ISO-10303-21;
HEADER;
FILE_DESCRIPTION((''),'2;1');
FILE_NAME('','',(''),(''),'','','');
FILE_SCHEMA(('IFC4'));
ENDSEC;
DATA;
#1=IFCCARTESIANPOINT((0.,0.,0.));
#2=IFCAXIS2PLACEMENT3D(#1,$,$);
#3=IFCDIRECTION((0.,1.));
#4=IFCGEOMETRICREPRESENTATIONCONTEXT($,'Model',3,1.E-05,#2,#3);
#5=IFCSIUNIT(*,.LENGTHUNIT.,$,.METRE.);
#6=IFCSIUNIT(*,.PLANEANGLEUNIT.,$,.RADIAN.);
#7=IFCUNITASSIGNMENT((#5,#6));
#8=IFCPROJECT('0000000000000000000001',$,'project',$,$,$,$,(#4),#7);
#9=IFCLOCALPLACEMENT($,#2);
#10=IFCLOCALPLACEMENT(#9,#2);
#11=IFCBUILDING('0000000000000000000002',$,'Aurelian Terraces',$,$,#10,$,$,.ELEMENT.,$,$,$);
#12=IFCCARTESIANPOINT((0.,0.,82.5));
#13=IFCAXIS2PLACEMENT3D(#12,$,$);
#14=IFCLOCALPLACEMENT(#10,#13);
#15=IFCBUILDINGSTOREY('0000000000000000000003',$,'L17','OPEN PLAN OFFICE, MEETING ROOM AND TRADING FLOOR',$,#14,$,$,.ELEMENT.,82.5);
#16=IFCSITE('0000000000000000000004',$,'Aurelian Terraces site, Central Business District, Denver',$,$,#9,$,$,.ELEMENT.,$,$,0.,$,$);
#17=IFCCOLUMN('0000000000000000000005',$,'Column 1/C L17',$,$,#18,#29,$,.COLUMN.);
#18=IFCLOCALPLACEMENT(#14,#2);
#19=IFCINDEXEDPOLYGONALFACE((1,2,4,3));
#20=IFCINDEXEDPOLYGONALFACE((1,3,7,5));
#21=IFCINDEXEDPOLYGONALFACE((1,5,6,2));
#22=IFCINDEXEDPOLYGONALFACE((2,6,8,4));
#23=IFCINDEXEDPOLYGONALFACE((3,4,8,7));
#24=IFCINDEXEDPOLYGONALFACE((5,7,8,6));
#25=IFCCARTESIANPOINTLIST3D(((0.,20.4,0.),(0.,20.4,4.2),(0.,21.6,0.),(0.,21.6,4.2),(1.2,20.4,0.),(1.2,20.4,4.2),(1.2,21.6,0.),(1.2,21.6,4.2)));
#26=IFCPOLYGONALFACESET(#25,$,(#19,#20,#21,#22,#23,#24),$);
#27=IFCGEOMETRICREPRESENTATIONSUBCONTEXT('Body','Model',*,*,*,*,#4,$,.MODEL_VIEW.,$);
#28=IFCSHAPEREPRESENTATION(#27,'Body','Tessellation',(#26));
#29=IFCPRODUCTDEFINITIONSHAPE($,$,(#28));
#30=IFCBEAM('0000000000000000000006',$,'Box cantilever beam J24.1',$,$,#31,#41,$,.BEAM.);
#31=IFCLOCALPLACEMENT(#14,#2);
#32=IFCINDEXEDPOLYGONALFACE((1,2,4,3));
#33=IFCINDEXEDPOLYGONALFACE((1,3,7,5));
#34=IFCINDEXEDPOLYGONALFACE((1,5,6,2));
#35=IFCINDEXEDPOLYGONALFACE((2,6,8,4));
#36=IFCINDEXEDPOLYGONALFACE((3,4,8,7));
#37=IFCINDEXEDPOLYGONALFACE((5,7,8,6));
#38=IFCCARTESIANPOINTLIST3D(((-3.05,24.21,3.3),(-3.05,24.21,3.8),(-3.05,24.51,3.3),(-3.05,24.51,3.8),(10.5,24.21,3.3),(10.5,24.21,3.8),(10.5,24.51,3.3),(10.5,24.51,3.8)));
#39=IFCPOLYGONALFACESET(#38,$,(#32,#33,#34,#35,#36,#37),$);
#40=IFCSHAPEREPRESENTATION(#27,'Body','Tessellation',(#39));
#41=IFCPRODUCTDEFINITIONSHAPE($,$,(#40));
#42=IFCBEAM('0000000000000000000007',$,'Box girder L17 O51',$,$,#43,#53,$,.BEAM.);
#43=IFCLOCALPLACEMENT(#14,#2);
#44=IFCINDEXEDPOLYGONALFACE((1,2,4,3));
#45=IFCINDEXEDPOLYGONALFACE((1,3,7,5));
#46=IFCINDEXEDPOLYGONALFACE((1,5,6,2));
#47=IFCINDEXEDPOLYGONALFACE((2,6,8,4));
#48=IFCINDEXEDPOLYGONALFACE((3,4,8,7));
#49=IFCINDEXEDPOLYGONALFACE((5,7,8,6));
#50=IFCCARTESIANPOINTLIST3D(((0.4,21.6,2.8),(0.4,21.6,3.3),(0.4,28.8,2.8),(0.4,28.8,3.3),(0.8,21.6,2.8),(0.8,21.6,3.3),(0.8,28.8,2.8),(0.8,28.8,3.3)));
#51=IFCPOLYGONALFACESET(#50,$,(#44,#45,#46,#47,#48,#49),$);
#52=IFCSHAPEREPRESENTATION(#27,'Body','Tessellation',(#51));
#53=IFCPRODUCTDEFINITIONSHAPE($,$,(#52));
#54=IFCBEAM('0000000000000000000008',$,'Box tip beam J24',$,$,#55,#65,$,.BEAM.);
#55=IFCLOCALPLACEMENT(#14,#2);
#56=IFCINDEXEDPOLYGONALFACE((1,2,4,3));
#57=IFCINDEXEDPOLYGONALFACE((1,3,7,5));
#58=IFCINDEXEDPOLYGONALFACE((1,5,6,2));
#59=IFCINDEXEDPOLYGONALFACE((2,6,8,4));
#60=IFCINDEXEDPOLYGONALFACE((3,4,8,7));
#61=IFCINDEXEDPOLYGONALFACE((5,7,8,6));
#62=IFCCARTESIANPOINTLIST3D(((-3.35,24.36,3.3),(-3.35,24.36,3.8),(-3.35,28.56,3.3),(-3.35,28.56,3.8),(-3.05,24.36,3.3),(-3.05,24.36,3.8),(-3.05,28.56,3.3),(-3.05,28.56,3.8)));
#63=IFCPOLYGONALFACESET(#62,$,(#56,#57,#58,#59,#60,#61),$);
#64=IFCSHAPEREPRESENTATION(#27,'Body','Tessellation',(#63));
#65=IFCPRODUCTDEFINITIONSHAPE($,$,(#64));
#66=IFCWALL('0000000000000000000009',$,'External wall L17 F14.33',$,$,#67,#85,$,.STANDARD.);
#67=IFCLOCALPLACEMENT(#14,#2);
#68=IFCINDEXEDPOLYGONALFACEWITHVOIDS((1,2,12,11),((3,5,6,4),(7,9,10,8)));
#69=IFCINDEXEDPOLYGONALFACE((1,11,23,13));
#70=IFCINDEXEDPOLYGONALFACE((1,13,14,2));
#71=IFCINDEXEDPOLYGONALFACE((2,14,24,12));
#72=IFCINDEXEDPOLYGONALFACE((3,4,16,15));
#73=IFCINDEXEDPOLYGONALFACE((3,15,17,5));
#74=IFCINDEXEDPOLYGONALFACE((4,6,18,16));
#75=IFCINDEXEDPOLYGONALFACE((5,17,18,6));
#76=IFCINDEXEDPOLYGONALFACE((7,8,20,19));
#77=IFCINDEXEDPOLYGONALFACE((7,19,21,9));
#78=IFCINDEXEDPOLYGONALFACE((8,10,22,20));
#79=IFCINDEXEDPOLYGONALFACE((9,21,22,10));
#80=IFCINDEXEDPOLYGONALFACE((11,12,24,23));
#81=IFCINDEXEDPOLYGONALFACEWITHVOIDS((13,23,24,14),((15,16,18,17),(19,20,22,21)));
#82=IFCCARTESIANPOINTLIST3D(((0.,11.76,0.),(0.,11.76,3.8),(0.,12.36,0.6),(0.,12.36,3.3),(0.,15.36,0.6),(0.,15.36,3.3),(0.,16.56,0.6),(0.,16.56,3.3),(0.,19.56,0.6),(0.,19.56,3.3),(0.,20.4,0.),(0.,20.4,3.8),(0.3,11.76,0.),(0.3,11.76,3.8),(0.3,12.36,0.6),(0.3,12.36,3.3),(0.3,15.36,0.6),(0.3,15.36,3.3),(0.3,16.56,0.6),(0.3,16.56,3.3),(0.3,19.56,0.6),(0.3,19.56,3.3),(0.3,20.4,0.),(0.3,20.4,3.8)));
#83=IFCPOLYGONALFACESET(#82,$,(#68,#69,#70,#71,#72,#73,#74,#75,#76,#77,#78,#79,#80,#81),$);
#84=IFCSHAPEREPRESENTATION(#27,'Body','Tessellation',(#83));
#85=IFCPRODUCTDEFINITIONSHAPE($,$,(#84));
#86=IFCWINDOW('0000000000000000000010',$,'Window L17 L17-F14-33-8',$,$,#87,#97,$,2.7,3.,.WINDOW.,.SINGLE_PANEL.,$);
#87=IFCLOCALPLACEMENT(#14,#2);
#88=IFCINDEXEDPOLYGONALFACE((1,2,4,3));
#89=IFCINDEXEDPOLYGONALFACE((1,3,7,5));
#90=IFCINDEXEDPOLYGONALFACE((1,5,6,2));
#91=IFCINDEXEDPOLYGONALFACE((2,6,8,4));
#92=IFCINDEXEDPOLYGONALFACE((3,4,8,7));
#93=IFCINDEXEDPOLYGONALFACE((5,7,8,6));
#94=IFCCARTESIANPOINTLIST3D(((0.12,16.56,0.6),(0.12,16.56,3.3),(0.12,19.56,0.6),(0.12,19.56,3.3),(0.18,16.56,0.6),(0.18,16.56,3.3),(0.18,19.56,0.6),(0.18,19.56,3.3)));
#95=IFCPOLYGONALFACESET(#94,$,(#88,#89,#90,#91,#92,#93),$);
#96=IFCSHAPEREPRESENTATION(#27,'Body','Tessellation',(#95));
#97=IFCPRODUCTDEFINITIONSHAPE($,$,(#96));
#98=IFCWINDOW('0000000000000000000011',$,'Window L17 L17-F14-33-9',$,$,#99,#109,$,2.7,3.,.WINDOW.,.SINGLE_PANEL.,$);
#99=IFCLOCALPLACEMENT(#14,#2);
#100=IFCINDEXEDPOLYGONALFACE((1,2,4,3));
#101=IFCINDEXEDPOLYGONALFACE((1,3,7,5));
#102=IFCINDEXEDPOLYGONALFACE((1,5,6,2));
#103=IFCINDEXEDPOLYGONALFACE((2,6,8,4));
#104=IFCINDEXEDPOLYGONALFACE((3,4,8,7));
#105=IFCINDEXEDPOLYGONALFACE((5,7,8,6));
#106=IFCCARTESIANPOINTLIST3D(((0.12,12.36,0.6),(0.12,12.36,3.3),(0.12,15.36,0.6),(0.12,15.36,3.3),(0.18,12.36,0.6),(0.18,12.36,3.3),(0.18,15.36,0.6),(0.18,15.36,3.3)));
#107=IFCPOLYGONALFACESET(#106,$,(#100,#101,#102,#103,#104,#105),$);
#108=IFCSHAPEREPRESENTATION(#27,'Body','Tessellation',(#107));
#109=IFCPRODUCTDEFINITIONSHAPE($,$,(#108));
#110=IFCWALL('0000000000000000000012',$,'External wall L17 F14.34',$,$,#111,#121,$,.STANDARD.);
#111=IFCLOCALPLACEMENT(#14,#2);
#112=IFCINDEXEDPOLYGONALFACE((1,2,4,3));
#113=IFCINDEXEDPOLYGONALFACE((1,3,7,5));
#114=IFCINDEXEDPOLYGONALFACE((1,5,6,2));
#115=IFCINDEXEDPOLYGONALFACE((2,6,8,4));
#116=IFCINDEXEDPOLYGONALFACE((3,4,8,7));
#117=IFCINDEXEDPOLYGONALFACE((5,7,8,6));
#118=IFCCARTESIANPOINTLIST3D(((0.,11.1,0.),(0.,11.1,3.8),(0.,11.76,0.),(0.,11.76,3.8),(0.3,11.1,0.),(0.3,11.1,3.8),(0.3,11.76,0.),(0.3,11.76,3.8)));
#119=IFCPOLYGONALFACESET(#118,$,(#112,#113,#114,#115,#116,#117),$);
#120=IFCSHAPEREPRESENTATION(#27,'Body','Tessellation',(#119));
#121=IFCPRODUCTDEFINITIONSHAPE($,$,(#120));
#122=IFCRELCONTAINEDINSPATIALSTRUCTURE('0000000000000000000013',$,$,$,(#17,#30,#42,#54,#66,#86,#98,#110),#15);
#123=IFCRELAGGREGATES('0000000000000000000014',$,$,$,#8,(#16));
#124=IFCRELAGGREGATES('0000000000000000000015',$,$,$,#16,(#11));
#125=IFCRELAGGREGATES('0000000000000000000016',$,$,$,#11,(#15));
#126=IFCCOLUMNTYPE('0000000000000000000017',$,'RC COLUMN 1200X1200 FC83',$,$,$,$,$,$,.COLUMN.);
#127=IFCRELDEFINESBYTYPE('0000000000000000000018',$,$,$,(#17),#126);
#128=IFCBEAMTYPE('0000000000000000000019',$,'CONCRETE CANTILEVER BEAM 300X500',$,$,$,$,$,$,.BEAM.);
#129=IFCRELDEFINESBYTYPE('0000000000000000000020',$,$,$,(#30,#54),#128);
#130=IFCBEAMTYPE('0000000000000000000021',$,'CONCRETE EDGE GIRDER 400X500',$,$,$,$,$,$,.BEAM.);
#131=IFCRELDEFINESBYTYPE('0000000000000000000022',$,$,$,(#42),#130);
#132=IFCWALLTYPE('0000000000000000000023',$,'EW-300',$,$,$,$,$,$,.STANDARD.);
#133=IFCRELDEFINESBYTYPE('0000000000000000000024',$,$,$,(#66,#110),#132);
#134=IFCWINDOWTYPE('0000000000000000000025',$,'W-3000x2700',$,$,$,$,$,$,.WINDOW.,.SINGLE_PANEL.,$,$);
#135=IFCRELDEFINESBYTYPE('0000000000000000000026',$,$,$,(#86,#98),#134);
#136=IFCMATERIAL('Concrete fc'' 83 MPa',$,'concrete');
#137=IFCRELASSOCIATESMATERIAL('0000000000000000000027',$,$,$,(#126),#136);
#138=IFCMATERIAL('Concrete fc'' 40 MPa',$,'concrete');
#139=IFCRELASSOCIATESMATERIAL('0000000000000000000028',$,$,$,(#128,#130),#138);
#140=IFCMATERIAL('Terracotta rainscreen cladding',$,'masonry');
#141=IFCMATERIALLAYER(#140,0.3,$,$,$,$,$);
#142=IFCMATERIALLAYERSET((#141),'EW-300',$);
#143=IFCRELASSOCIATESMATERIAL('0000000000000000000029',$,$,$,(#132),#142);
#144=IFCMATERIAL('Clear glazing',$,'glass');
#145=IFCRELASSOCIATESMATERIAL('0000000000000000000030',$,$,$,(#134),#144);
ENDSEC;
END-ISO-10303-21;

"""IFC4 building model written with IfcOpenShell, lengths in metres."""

from ifc_helpers import new_model, si_unit, direction, frame, frame_2d, origin, origin_2d, place, context, subcontext, project, spatial, rectangle, extrude, source, transform, mapped, material, layer, layer_set, material_profile, profile_set, type_object, element, fill, save


model = new_model("IFC4")

# Units and contexts
model_context = context("Model", 3, precision=1e-05, world=origin(), true_north=direction((0.0, 1.0)))
body_context = subcontext(model_context, "Body", "Model", "MODEL_VIEW")
ifc_project = project(units=[si_unit("LENGTHUNIT", "METRE"), si_unit("PLANEANGLEUNIT", "RADIAN")], contexts=[model_context])

# Site, building, storey
site_placement = place(None, origin())
site = spatial("IfcSite", under=ifc_project, at=site_placement, Name="Aurelian Terraces site, Central Business District, Denver", CompositionType="ELEMENT", RefElevation=0.0)
building_placement = place(site_placement, origin())
building = spatial("IfcBuilding", under=site, at=building_placement, Name="Aurelian Terraces", CompositionType="ELEMENT")
storey_placement = place(building_placement, frame((0.0, 0.0, 82.5)))
storey = spatial("IfcBuildingStorey", under=building, at=storey_placement, Name="L17", Description="OPEN PLAN OFFICE, MEETING ROOM AND TRADING FLOOR", CompositionType="ELEMENT", Elevation=82.5)

# Column
ifc_material_1 = material(Name="Concrete fc' 83 MPa", Category="concrete")
ifc_material_profile_1 = material_profile(ifc_material_1, rectangle(XDim=1.2, YDim=1.2, at=origin_2d()))
ifc_profile_set_1 = profile_set([ifc_material_profile_1], Name="Concrete fc' 83 MPa")
column_type = type_object("IfcColumnType", Name="RC COLUMN 1200X1200 FC83", PredefinedType="COLUMN", material=ifc_profile_set_1)
shared_shape_1 = source(origin(), body_context, "Body", "SweptSolid", [
    extrude(rectangle(XDim=1.2, YDim=1.2, at=origin_2d()), origin(), (0.0, 0.0, 1.0), 4.2),
])
column_placement = place(storey_placement, frame((0.6, 21.0, 0.0), z_axis=(0.0, 0.0, 1.0), x_axis=(1.0, 0.0, 0.0)))
element("IfcColumn", 1, at=column_placement, inside=storey, type_object=column_type, Name="Column 1/C L17", PredefinedType="COLUMN", context=body_context, shape_type="MappedRepresentation", body=[
    mapped(shared_shape_1, transform((0.0, 0.0, 0.0), scale=1.0)),
])

# Beams
ifc_material_2 = material(Name="Concrete fc' 40 MPa", Category="concrete")
ifc_material_profile_2 = material_profile(ifc_material_2, rectangle(XDim=0.3, YDim=0.5, at=origin_2d()))
ifc_profile_set_2 = profile_set([ifc_material_profile_2], Name="Concrete fc' 40 MPa")
beam_type_1 = type_object("IfcBeamType", Name="CONCRETE CANTILEVER BEAM 300X500", PredefinedType="BEAM", material=ifc_profile_set_2)
shared_shape_2 = source(origin(), body_context, "Body", "SweptSolid", [
    extrude(rectangle(XDim=0.3, YDim=0.5, at=origin_2d()), origin(), (0.0, 0.0, 1.0), 13.55),
])
beam_1_placement = place(storey_placement, frame((-3.05, 24.36, 3.55), z_axis=(1.0, 0.0, 0.0), x_axis=(0.0, 1.0, 0.0)))
element("IfcBeam", 2, at=beam_1_placement, inside=storey, type_object=beam_type_1, Name="Box cantilever beam J24.1", PredefinedType="BEAM", context=body_context, shape_type="MappedRepresentation", body=[
    mapped(shared_shape_2, transform((0.0, 0.0, 0.0), scale=1.0)),
])
ifc_material_profile_3 = material_profile(ifc_material_2, rectangle(XDim=0.4, YDim=0.5, at=origin_2d()))
ifc_profile_set_3 = profile_set([ifc_material_profile_3], Name="Concrete fc' 40 MPa")
beam_type_2 = type_object("IfcBeamType", Name="CONCRETE EDGE GIRDER 400X500", PredefinedType="BEAM", material=ifc_profile_set_3)
shared_shape_3 = source(origin(), body_context, "Body", "SweptSolid", [
    extrude(rectangle(XDim=0.4, YDim=0.5, at=origin_2d()), origin(), (0.0, 0.0, 1.0), 7.2),
])
beam_2_placement = place(storey_placement, frame((0.6, 21.6, 3.05), z_axis=(0.0, 1.0, 0.0), x_axis=(-1.0, 0.0, 0.0)))
element("IfcBeam", 3, at=beam_2_placement, inside=storey, type_object=beam_type_2, Name="Box girder L17 O51", PredefinedType="BEAM", context=body_context, shape_type="MappedRepresentation", body=[
    mapped(shared_shape_3, transform((0.0, 0.0, 0.0), scale=1.0)),
])
shared_shape_4 = source(origin(), body_context, "Body", "SweptSolid", [
    extrude(rectangle(XDim=0.3, YDim=0.5, at=origin_2d()), origin(), (0.0, 0.0, 1.0), 4.2),
])
beam_3_placement = place(storey_placement, frame((-3.2, 24.36, 3.55), z_axis=(0.0, 1.0, 0.0), x_axis=(-1.0, 0.0, 0.0)))
element("IfcBeam", 4, at=beam_3_placement, inside=storey, type_object=beam_type_1, Name="Box tip beam J24", PredefinedType="BEAM", context=body_context, shape_type="MappedRepresentation", body=[
    mapped(shared_shape_4, transform((0.0, 0.0, 0.0), scale=1.0)),
])

# Wall, openings, windows
ifc_material_3 = material(Name="Terracotta rainscreen cladding", Category="masonry")
ifc_layer_1 = layer(ifc_material_3, 0.3)
ifc_layer_set_1 = layer_set([ifc_layer_1], Name="EW-300")
wall_type_1 = type_object("IfcWallType", Name="EW-300", PredefinedType="STANDARD", material=ifc_layer_set_1)
wall_1_placement = place(storey_placement, frame((0.15, 20.4, 0.0), z_axis=(0.0, 0.0, 1.0), x_axis=(0.0, -1.0, 0.0)))
wall_1 = element("IfcWall", 5, at=wall_1_placement, inside=storey, type_object=wall_type_1, Name="External wall L17 F14.33", PredefinedType="STANDARD", context=body_context, shape_type="SweptSolid", body=[
    extrude(rectangle(XDim=8.64, YDim=0.3, at=frame_2d((4.32, 0.0))), origin(), (0.0, 0.0, 1.0), 3.8),
])
shared_shape_5 = source(origin(), body_context, "Body", "SweptSolid", [
    extrude(rectangle(XDim=3.0, YDim=2.7, at=frame_2d((1.5, 1.35))), frame((0.0, 0.16, 0.0), z_axis=(0.0, -1.0, 0.0), x_axis=(1.0, 0.0, 0.0)), (0.0, 0.0, 1.0), 0.32),
])
opening_1_placement = place(wall_1_placement, frame((0.84, 0.0, 0.6)))
opening_1 = element("IfcOpeningElement", 6, at=opening_1_placement, cuts=wall_1, PredefinedType="OPENING", context=body_context, shape_type="MappedRepresentation", body=[
    mapped(shared_shape_5, transform((0.0, 0.0, 0.0), scale=1.0)),
])
opening_2_placement = place(wall_1_placement, frame((5.04, 0.0, 0.6)))
opening_2 = element("IfcOpeningElement", 7, at=opening_2_placement, cuts=wall_1, PredefinedType="OPENING", context=body_context, shape_type="MappedRepresentation", body=[
    mapped(shared_shape_5, transform((0.0, 0.0, 0.0), scale=1.0)),
])
ifc_material_4 = material(Name="Clear glazing", Category="glass")
window_type = type_object("IfcWindowType", Name="W-3000x2700", PartitioningType="SINGLE_PANEL", PredefinedType="WINDOW", material=ifc_material_4)
shared_shape_6 = source(origin(), body_context, "Body", "SweptSolid", [
    extrude(rectangle(XDim=3.0, YDim=2.7, at=frame_2d((1.5, 1.35))), frame((0.0, 0.03, 0.0), z_axis=(0.0, -1.0, 0.0), x_axis=(1.0, 0.0, 0.0)), (0.0, 0.0, 1.0), 0.06),
])
window_1_placement = place(opening_1_placement, origin())
window_1 = element("IfcWindow", 8, at=window_1_placement, inside=storey, type_object=window_type, Name="Window L17 L17-F14-33-8", OverallHeight=2.7, OverallWidth=3.0, PartitioningType="SINGLE_PANEL", PredefinedType="WINDOW", context=body_context, shape_type="MappedRepresentation", body=[
    mapped(shared_shape_6, transform((0.0, 0.0, 0.0), scale=1.0)),
])
fill(opening_1, window_1)
window_2_placement = place(opening_2_placement, origin())
window_2 = element("IfcWindow", 9, at=window_2_placement, inside=storey, type_object=window_type, Name="Window L17 L17-F14-33-9", OverallHeight=2.7, OverallWidth=3.0, PartitioningType="SINGLE_PANEL", PredefinedType="WINDOW", context=body_context, shape_type="MappedRepresentation", body=[
    mapped(shared_shape_6, transform((0.0, 0.0, 0.0), scale=1.0)),
])
fill(opening_2, window_2)

# Wall
wall_2_placement = place(storey_placement, frame((0.15, 11.76, 0.0), z_axis=(0.0, 0.0, 1.0), x_axis=(0.0, -1.0, 0.0)))
element("IfcWall", 10, at=wall_2_placement, inside=storey, type_object=wall_type_1, Name="External wall L17 F14.34", PredefinedType="STANDARD", context=body_context, shape_type="SweptSolid", body=[
    extrude(rectangle(XDim=0.66, YDim=0.3, at=frame_2d((0.33, 0.0))), origin(), (0.0, 0.0, 1.0), 3.8),
])

save(model, "model.ifc")
